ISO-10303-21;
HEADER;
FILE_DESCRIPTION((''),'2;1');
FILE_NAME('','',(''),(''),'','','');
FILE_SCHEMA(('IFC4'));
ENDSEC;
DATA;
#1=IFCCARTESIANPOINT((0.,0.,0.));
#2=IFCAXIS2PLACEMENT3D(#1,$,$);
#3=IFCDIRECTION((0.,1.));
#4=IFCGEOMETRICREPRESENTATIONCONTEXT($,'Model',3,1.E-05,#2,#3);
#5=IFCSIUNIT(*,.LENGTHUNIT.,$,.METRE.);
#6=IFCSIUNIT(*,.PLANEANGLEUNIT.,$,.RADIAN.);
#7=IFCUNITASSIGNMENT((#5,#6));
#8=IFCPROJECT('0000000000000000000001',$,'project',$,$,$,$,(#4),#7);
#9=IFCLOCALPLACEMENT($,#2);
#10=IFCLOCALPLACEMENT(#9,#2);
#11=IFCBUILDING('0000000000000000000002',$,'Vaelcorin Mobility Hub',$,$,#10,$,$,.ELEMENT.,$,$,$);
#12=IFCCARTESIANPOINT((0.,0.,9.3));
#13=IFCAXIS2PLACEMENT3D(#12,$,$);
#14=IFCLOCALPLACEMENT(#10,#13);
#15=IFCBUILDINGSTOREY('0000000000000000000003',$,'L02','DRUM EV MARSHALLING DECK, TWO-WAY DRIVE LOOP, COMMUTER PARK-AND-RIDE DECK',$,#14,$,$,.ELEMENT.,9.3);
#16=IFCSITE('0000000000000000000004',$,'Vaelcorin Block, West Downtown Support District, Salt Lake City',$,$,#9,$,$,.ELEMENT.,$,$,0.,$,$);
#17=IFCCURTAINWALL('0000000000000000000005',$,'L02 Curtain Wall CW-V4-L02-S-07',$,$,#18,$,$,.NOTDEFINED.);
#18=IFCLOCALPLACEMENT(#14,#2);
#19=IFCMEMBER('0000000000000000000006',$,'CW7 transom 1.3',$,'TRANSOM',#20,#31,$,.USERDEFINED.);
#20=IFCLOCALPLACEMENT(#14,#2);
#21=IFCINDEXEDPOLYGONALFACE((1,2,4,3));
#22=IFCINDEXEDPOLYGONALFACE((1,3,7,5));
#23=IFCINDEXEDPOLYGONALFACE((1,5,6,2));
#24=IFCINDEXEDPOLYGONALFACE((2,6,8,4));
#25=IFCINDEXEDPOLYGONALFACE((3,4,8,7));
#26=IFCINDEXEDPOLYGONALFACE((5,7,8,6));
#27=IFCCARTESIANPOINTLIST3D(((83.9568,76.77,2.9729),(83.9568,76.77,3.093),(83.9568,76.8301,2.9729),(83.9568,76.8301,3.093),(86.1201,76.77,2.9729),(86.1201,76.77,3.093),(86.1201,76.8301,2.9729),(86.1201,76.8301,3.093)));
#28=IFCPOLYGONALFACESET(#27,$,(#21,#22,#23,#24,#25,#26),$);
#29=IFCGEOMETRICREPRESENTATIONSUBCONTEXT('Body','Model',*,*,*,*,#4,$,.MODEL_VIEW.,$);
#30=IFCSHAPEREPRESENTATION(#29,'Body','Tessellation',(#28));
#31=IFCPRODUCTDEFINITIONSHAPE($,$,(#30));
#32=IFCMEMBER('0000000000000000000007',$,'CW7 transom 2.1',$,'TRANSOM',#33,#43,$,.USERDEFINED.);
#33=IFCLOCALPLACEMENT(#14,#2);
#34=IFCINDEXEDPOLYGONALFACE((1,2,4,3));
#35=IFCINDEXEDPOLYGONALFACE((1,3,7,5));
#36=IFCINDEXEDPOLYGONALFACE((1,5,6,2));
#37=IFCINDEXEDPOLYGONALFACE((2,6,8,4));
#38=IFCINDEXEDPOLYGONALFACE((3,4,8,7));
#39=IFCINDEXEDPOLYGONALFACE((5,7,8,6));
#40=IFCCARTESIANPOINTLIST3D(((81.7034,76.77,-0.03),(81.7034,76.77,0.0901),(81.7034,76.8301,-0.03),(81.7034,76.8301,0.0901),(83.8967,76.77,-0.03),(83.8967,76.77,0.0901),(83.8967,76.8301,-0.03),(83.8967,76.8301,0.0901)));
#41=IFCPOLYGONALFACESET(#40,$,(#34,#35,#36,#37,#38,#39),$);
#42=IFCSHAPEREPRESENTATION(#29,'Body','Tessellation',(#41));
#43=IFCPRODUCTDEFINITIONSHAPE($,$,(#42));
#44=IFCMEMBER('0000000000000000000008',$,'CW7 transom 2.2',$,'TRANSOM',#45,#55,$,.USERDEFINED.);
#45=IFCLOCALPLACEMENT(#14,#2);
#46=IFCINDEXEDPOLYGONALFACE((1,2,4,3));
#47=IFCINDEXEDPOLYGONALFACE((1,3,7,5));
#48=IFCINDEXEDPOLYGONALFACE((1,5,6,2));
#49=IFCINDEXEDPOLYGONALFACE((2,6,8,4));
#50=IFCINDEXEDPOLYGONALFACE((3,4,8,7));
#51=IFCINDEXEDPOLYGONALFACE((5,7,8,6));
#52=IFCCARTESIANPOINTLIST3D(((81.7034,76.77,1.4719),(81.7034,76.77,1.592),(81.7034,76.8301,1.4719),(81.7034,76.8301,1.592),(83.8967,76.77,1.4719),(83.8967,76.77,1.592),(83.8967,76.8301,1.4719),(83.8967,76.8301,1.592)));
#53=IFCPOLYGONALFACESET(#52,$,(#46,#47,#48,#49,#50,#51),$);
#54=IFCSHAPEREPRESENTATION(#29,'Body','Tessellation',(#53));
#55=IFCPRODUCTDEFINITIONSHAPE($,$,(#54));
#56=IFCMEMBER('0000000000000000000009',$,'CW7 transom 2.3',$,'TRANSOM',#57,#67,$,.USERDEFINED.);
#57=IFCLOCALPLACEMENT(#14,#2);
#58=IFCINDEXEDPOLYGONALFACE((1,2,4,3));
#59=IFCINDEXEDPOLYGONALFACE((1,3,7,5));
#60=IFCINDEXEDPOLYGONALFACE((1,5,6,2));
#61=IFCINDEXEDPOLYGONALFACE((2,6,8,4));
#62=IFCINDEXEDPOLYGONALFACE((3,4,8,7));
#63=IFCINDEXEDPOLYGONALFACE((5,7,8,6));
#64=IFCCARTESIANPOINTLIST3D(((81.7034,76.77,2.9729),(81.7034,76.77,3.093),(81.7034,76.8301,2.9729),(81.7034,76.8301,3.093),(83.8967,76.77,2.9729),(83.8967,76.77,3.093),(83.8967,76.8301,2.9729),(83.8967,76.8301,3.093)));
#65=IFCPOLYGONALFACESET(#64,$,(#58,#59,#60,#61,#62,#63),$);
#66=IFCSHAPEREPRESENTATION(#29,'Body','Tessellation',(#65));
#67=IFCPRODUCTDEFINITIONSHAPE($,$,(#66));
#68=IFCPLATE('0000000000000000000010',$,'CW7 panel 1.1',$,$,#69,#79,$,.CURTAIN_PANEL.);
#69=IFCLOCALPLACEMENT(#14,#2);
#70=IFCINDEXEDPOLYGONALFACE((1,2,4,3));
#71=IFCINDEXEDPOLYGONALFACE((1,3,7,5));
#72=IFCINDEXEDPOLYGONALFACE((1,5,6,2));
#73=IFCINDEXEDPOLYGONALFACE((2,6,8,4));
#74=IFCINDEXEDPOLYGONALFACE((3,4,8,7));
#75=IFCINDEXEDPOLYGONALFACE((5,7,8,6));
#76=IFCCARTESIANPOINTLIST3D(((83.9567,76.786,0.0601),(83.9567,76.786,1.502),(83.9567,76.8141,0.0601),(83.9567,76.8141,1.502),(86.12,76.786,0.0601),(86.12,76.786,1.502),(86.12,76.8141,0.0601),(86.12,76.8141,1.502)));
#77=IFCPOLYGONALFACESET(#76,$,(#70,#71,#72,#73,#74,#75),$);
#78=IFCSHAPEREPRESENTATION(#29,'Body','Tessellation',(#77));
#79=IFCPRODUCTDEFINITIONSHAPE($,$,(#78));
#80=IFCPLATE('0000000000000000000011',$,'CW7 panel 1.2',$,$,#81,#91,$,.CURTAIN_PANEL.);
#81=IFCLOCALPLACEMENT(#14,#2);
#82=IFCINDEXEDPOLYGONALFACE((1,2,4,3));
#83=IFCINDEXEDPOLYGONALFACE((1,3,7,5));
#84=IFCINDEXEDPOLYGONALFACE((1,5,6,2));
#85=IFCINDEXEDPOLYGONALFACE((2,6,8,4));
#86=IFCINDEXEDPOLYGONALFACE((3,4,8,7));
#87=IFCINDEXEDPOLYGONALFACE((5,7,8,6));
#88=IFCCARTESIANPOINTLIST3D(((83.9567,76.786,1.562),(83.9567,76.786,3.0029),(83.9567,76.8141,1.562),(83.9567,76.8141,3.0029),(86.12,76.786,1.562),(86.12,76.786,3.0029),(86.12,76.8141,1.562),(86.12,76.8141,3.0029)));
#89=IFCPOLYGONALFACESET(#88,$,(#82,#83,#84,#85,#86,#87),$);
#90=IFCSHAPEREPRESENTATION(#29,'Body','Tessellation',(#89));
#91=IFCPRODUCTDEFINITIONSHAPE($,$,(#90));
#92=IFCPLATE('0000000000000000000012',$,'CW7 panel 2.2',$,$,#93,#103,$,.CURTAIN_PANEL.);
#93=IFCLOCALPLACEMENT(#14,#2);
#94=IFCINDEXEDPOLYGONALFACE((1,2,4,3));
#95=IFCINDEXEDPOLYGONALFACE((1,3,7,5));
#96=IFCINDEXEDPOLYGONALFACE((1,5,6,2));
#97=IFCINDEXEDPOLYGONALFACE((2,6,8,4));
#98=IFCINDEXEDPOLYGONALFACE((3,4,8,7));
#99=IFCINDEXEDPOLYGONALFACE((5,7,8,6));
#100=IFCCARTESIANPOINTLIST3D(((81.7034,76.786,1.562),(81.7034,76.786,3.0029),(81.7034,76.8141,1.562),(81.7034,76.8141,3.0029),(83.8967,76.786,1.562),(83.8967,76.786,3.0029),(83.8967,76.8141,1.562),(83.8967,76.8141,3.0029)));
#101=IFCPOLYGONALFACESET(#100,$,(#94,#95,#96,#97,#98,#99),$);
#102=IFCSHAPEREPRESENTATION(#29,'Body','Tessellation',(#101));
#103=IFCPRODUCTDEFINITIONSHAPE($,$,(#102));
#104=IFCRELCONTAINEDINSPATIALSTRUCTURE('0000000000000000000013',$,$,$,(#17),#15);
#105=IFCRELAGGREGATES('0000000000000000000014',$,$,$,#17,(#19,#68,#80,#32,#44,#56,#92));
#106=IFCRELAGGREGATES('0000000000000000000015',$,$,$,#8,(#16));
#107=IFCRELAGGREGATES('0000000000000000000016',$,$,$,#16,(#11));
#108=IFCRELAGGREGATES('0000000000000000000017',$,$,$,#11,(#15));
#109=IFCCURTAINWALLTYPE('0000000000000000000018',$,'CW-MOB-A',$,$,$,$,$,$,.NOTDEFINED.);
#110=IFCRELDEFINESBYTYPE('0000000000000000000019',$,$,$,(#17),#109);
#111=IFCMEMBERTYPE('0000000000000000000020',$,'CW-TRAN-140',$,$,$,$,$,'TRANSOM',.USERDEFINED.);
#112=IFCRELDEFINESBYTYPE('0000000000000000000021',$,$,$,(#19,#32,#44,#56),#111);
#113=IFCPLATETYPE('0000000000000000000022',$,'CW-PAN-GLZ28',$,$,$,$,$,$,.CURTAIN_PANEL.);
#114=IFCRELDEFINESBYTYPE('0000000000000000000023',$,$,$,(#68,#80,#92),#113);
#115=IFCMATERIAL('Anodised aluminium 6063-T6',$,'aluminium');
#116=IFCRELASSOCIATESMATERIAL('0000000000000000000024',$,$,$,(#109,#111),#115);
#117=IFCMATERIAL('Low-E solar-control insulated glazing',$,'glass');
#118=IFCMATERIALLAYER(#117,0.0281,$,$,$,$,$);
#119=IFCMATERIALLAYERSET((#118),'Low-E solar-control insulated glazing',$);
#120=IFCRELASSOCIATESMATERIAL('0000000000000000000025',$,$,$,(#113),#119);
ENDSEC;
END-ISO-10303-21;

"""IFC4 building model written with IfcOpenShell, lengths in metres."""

from ifc_helpers import new_model, si_unit, direction, frame, origin, origin_2d, place, context, subcontext, project, spatial, rectangle, extrude, material, layer, layer_set, material_profile, profile_set, type_object, element, aggregate, save


model = new_model("IFC4")

# Units and contexts
model_context = context("Model", 3, precision=1e-05, world=origin(), true_north=direction((0.0, 1.0)))
body_context = subcontext(model_context, "Body", "Model", "MODEL_VIEW")
ifc_project = project(units=[si_unit("LENGTHUNIT", "METRE"), si_unit("PLANEANGLEUNIT", "RADIAN")], contexts=[model_context])

# Site, building, storey
site_placement = place(None, origin())
site = spatial("IfcSite", under=ifc_project, at=site_placement, Name="Vaelcorin Block, West Downtown Support District, Salt Lake City", CompositionType="ELEMENT", RefElevation=0.0)
building_placement = place(site_placement, origin())
building = spatial("IfcBuilding", under=site, at=building_placement, Name="Vaelcorin Mobility Hub", CompositionType="ELEMENT")
storey_placement = place(building_placement, frame((0.0, 0.0, 9.3)))
storey = spatial("IfcBuildingStorey", under=building, at=storey_placement, Name="L02", Description="DRUM EV MARSHALLING DECK, TWO-WAY DRIVE LOOP, COMMUTER PARK-AND-RIDE DECK", CompositionType="ELEMENT", Elevation=9.3)

# Curtain wall, members, plates
ifc_material_1 = material(Name="Anodised aluminium 6063-T6", Category="aluminium")
curtain_wall_type = type_object("IfcCurtainWallType", Name="CW-MOB-A", PredefinedType="NOTDEFINED", material=ifc_material_1)
curtain_wall_placement = place(storey_placement, origin())
curtain_wall = element("IfcCurtainWall", 1, at=curtain_wall_placement, inside=storey, type_object=curtain_wall_type, Name="L02 Curtain Wall CW-V4-L02-S-07", PredefinedType="NOTDEFINED")
ifc_material_profile_1 = material_profile(ifc_material_1, rectangle(XDim=0.0601, YDim=0.1201, at=origin_2d()), Name="ALU-T60X120")
ifc_profile_set_1 = profile_set([ifc_material_profile_1], Name="Anodised aluminium 6063-T6")
member_type_1 = type_object("IfcMemberType", Name="CW-TRAN-140", ElementType="TRANSOM", PredefinedType="USERDEFINED", material=ifc_profile_set_1)
member_1_placement = place(storey_placement, frame((86.1201, 76.8, 3.033), z_axis=(-1.0, 0.0, 0.0), x_axis=(0.0, -1.0, 0.0)))
member_1 = element("IfcMember", 2, at=member_1_placement, type_object=member_type_1, Name="CW7 transom 1.3", ObjectType="TRANSOM", PredefinedType="USERDEFINED", context=body_context, shape_type="SweptSolid", body=[
    extrude(rectangle(XDim=0.0601, YDim=0.1201, at=origin_2d()), origin(), (0.0, 0.0, 1.0), 2.1633),
])
member_2_placement = place(storey_placement, frame((83.8967, 76.8, 0.03), z_axis=(-1.0, 0.0, 0.0), x_axis=(0.0, -1.0, 0.0)))
member_2 = element("IfcMember", 3, at=member_2_placement, type_object=member_type_1, Name="CW7 transom 2.1", ObjectType="TRANSOM", PredefinedType="USERDEFINED", context=body_context, shape_type="SweptSolid", body=[
    extrude(rectangle(XDim=0.0601, YDim=0.1201, at=origin_2d()), origin(), (0.0, 0.0, 1.0), 2.1934),
])
member_3_placement = place(storey_placement, frame((83.8967, 76.8, 1.532), z_axis=(-1.0, 0.0, 0.0), x_axis=(0.0, -1.0, 0.0)))
member_3 = element("IfcMember", 4, at=member_3_placement, type_object=member_type_1, Name="CW7 transom 2.2", ObjectType="TRANSOM", PredefinedType="USERDEFINED", context=body_context, shape_type="SweptSolid", body=[
    extrude(rectangle(XDim=0.0601, YDim=0.1201, at=origin_2d()), origin(), (0.0, 0.0, 1.0), 2.1934),
])
member_4_placement = place(storey_placement, frame((83.8967, 76.8, 3.033), z_axis=(-1.0, 0.0, 0.0), x_axis=(0.0, -1.0, 0.0)))
member_4 = element("IfcMember", 5, at=member_4_placement, type_object=member_type_1, Name="CW7 transom 2.3", ObjectType="TRANSOM", PredefinedType="USERDEFINED", context=body_context, shape_type="SweptSolid", body=[
    extrude(rectangle(XDim=0.0601, YDim=0.1201, at=origin_2d()), origin(), (0.0, 0.0, 1.0), 2.1934),
])
ifc_material_2 = material(Name="Low-E solar-control insulated glazing", Category="glass")
ifc_layer = layer(ifc_material_2, 0.0281)
ifc_layer_set = layer_set([ifc_layer], Name="Low-E solar-control insulated glazing")
plate_type = type_object("IfcPlateType", Name="CW-PAN-GLZ28", PredefinedType="CURTAIN_PANEL", material=ifc_layer_set)
plate_1_placement = place(storey_placement, frame((85.0383, 76.8, 0.0601), z_axis=(0.0, 0.0, 1.0), x_axis=(-1.0, 0.0, 0.0)))
plate_1 = element("IfcPlate", 6, at=plate_1_placement, type_object=plate_type, Name="CW7 panel 1.1", PredefinedType="CURTAIN_PANEL", context=body_context, shape_type="SweptSolid", body=[
    extrude(rectangle(XDim=2.1633, YDim=0.0281, at=origin_2d()), origin(), (0.0, 0.0, 1.0), 1.4419),
])
plate_2_placement = place(storey_placement, frame((85.0383, 76.8, 1.562), z_axis=(0.0, 0.0, 1.0), x_axis=(-1.0, 0.0, 0.0)))
plate_2 = element("IfcPlate", 7, at=plate_2_placement, type_object=plate_type, Name="CW7 panel 1.2", PredefinedType="CURTAIN_PANEL", context=body_context, shape_type="SweptSolid", body=[
    extrude(rectangle(XDim=2.1633, YDim=0.0281, at=origin_2d()), origin(), (0.0, 0.0, 1.0), 1.4409),
])
plate_3_placement = place(storey_placement, frame((82.8, 76.8, 1.562), z_axis=(0.0, 0.0, 1.0), x_axis=(-1.0, 0.0, 0.0)))
plate_3 = element("IfcPlate", 8, at=plate_3_placement, type_object=plate_type, Name="CW7 panel 2.2", PredefinedType="CURTAIN_PANEL", context=body_context, shape_type="SweptSolid", body=[
    extrude(rectangle(XDim=2.1934, YDim=0.0281, at=origin_2d()), origin(), (0.0, 0.0, 1.0), 1.4409),
])
aggregate(curtain_wall, [member_1, plate_1, plate_2, member_2, member_3, member_4, plate_3])

save(model, "model.ifc")
